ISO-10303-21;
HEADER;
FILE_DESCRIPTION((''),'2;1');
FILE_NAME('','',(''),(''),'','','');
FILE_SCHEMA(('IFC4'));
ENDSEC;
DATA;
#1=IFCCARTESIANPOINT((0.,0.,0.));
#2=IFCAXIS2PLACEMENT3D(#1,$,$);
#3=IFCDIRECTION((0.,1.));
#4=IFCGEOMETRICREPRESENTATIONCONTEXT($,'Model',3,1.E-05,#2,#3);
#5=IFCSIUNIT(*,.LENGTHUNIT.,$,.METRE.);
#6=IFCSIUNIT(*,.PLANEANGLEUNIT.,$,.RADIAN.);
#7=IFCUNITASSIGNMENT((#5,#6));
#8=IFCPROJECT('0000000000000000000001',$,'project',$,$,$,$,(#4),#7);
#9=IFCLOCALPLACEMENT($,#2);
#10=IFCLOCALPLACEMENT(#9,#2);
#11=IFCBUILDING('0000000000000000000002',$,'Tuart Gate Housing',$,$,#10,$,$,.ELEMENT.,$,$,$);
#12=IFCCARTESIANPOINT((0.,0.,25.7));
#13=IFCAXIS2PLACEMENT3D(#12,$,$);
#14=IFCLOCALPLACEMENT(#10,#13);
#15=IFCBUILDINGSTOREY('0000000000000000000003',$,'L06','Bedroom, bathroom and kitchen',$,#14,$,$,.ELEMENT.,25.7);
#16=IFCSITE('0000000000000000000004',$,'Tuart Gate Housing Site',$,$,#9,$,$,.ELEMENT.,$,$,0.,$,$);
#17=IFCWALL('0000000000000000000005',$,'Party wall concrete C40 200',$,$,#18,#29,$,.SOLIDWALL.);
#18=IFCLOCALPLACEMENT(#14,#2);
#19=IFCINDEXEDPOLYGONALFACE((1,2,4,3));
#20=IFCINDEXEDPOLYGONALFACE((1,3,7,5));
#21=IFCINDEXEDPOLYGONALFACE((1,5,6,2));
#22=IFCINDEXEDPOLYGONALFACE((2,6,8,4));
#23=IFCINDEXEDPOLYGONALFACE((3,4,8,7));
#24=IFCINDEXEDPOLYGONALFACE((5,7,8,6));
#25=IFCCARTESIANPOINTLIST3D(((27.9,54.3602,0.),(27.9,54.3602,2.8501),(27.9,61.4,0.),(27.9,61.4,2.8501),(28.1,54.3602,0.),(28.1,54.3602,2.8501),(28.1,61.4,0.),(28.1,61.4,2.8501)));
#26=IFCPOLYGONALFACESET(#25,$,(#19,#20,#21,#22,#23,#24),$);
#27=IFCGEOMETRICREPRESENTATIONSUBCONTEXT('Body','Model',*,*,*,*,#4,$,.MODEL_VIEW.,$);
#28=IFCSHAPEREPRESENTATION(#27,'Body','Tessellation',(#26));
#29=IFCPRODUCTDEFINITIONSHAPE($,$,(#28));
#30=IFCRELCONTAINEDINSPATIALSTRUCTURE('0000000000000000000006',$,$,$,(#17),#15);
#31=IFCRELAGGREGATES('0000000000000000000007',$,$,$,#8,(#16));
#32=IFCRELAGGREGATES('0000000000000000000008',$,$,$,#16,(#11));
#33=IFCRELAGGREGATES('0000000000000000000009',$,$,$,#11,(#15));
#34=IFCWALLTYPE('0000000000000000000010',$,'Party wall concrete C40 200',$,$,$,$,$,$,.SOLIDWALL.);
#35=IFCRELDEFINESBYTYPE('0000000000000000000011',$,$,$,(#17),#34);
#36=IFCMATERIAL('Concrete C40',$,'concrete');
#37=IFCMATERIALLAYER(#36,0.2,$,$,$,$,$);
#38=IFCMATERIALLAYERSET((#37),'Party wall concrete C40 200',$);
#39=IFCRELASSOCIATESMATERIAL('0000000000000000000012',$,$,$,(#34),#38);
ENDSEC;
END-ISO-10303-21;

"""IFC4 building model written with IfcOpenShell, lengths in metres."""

from ifc_helpers import new_model, si_unit, direction, frame, frame_2d, origin, place, context, subcontext, project, spatial, rectangle, extrude, material, layer, layer_set, type_object, element, save


model = new_model("IFC4")

# Units and contexts
model_context = context("Model", 3, precision=1e-05, world=origin(), true_north=direction((0.0, 1.0)))
body_context = subcontext(model_context, "Body", "Model", "MODEL_VIEW")
ifc_project = project(units=[si_unit("LENGTHUNIT", "METRE"), si_unit("PLANEANGLEUNIT", "RADIAN")], contexts=[model_context])

# Site, building, storey
site_placement = place(None, origin())
site = spatial("IfcSite", under=ifc_project, at=site_placement, Name="Tuart Gate Housing Site", CompositionType="ELEMENT", RefElevation=0.0)
building_placement = place(site_placement, origin())
building = spatial("IfcBuilding", under=site, at=building_placement, Name="Tuart Gate Housing", CompositionType="ELEMENT")
storey_placement = place(building_placement, frame((0.0, 0.0, 25.7)))
storey = spatial("IfcBuildingStorey", under=building, at=storey_placement, Name="L06", Description="Bedroom, bathroom and kitchen", CompositionType="ELEMENT", Elevation=25.7)

# Wall
ifc_material_1 = material(Name="Concrete C40", Category="concrete")
ifc_layer_1 = layer(ifc_material_1, 0.2)
ifc_layer_set_1 = layer_set([ifc_layer_1], Name="Party wall concrete C40 200")
wall_type_1 = type_object("IfcWallType", Name="Party wall concrete C40 200", PredefinedType="SOLIDWALL", material=ifc_layer_set_1)
wall_1_placement = place(storey_placement, frame((28.0, 54.3601, 0.0), z_axis=(0.0, 0.0, 1.0), x_axis=(0.0, 1.0, 0.0)))
element("IfcWall", 1, at=wall_1_placement, inside=storey, type_object=wall_type_1, Name="Party wall concrete C40 200", PredefinedType="SOLIDWALL", context=body_context, shape_type="SweptSolid", body=[
    extrude(rectangle(XDim=7.0398, YDim=0.2, at=frame_2d((3.52, 0.0))), origin(), (0.0, 0.0, 1.0), 2.8501),
])

save(model, "model.ifc")
